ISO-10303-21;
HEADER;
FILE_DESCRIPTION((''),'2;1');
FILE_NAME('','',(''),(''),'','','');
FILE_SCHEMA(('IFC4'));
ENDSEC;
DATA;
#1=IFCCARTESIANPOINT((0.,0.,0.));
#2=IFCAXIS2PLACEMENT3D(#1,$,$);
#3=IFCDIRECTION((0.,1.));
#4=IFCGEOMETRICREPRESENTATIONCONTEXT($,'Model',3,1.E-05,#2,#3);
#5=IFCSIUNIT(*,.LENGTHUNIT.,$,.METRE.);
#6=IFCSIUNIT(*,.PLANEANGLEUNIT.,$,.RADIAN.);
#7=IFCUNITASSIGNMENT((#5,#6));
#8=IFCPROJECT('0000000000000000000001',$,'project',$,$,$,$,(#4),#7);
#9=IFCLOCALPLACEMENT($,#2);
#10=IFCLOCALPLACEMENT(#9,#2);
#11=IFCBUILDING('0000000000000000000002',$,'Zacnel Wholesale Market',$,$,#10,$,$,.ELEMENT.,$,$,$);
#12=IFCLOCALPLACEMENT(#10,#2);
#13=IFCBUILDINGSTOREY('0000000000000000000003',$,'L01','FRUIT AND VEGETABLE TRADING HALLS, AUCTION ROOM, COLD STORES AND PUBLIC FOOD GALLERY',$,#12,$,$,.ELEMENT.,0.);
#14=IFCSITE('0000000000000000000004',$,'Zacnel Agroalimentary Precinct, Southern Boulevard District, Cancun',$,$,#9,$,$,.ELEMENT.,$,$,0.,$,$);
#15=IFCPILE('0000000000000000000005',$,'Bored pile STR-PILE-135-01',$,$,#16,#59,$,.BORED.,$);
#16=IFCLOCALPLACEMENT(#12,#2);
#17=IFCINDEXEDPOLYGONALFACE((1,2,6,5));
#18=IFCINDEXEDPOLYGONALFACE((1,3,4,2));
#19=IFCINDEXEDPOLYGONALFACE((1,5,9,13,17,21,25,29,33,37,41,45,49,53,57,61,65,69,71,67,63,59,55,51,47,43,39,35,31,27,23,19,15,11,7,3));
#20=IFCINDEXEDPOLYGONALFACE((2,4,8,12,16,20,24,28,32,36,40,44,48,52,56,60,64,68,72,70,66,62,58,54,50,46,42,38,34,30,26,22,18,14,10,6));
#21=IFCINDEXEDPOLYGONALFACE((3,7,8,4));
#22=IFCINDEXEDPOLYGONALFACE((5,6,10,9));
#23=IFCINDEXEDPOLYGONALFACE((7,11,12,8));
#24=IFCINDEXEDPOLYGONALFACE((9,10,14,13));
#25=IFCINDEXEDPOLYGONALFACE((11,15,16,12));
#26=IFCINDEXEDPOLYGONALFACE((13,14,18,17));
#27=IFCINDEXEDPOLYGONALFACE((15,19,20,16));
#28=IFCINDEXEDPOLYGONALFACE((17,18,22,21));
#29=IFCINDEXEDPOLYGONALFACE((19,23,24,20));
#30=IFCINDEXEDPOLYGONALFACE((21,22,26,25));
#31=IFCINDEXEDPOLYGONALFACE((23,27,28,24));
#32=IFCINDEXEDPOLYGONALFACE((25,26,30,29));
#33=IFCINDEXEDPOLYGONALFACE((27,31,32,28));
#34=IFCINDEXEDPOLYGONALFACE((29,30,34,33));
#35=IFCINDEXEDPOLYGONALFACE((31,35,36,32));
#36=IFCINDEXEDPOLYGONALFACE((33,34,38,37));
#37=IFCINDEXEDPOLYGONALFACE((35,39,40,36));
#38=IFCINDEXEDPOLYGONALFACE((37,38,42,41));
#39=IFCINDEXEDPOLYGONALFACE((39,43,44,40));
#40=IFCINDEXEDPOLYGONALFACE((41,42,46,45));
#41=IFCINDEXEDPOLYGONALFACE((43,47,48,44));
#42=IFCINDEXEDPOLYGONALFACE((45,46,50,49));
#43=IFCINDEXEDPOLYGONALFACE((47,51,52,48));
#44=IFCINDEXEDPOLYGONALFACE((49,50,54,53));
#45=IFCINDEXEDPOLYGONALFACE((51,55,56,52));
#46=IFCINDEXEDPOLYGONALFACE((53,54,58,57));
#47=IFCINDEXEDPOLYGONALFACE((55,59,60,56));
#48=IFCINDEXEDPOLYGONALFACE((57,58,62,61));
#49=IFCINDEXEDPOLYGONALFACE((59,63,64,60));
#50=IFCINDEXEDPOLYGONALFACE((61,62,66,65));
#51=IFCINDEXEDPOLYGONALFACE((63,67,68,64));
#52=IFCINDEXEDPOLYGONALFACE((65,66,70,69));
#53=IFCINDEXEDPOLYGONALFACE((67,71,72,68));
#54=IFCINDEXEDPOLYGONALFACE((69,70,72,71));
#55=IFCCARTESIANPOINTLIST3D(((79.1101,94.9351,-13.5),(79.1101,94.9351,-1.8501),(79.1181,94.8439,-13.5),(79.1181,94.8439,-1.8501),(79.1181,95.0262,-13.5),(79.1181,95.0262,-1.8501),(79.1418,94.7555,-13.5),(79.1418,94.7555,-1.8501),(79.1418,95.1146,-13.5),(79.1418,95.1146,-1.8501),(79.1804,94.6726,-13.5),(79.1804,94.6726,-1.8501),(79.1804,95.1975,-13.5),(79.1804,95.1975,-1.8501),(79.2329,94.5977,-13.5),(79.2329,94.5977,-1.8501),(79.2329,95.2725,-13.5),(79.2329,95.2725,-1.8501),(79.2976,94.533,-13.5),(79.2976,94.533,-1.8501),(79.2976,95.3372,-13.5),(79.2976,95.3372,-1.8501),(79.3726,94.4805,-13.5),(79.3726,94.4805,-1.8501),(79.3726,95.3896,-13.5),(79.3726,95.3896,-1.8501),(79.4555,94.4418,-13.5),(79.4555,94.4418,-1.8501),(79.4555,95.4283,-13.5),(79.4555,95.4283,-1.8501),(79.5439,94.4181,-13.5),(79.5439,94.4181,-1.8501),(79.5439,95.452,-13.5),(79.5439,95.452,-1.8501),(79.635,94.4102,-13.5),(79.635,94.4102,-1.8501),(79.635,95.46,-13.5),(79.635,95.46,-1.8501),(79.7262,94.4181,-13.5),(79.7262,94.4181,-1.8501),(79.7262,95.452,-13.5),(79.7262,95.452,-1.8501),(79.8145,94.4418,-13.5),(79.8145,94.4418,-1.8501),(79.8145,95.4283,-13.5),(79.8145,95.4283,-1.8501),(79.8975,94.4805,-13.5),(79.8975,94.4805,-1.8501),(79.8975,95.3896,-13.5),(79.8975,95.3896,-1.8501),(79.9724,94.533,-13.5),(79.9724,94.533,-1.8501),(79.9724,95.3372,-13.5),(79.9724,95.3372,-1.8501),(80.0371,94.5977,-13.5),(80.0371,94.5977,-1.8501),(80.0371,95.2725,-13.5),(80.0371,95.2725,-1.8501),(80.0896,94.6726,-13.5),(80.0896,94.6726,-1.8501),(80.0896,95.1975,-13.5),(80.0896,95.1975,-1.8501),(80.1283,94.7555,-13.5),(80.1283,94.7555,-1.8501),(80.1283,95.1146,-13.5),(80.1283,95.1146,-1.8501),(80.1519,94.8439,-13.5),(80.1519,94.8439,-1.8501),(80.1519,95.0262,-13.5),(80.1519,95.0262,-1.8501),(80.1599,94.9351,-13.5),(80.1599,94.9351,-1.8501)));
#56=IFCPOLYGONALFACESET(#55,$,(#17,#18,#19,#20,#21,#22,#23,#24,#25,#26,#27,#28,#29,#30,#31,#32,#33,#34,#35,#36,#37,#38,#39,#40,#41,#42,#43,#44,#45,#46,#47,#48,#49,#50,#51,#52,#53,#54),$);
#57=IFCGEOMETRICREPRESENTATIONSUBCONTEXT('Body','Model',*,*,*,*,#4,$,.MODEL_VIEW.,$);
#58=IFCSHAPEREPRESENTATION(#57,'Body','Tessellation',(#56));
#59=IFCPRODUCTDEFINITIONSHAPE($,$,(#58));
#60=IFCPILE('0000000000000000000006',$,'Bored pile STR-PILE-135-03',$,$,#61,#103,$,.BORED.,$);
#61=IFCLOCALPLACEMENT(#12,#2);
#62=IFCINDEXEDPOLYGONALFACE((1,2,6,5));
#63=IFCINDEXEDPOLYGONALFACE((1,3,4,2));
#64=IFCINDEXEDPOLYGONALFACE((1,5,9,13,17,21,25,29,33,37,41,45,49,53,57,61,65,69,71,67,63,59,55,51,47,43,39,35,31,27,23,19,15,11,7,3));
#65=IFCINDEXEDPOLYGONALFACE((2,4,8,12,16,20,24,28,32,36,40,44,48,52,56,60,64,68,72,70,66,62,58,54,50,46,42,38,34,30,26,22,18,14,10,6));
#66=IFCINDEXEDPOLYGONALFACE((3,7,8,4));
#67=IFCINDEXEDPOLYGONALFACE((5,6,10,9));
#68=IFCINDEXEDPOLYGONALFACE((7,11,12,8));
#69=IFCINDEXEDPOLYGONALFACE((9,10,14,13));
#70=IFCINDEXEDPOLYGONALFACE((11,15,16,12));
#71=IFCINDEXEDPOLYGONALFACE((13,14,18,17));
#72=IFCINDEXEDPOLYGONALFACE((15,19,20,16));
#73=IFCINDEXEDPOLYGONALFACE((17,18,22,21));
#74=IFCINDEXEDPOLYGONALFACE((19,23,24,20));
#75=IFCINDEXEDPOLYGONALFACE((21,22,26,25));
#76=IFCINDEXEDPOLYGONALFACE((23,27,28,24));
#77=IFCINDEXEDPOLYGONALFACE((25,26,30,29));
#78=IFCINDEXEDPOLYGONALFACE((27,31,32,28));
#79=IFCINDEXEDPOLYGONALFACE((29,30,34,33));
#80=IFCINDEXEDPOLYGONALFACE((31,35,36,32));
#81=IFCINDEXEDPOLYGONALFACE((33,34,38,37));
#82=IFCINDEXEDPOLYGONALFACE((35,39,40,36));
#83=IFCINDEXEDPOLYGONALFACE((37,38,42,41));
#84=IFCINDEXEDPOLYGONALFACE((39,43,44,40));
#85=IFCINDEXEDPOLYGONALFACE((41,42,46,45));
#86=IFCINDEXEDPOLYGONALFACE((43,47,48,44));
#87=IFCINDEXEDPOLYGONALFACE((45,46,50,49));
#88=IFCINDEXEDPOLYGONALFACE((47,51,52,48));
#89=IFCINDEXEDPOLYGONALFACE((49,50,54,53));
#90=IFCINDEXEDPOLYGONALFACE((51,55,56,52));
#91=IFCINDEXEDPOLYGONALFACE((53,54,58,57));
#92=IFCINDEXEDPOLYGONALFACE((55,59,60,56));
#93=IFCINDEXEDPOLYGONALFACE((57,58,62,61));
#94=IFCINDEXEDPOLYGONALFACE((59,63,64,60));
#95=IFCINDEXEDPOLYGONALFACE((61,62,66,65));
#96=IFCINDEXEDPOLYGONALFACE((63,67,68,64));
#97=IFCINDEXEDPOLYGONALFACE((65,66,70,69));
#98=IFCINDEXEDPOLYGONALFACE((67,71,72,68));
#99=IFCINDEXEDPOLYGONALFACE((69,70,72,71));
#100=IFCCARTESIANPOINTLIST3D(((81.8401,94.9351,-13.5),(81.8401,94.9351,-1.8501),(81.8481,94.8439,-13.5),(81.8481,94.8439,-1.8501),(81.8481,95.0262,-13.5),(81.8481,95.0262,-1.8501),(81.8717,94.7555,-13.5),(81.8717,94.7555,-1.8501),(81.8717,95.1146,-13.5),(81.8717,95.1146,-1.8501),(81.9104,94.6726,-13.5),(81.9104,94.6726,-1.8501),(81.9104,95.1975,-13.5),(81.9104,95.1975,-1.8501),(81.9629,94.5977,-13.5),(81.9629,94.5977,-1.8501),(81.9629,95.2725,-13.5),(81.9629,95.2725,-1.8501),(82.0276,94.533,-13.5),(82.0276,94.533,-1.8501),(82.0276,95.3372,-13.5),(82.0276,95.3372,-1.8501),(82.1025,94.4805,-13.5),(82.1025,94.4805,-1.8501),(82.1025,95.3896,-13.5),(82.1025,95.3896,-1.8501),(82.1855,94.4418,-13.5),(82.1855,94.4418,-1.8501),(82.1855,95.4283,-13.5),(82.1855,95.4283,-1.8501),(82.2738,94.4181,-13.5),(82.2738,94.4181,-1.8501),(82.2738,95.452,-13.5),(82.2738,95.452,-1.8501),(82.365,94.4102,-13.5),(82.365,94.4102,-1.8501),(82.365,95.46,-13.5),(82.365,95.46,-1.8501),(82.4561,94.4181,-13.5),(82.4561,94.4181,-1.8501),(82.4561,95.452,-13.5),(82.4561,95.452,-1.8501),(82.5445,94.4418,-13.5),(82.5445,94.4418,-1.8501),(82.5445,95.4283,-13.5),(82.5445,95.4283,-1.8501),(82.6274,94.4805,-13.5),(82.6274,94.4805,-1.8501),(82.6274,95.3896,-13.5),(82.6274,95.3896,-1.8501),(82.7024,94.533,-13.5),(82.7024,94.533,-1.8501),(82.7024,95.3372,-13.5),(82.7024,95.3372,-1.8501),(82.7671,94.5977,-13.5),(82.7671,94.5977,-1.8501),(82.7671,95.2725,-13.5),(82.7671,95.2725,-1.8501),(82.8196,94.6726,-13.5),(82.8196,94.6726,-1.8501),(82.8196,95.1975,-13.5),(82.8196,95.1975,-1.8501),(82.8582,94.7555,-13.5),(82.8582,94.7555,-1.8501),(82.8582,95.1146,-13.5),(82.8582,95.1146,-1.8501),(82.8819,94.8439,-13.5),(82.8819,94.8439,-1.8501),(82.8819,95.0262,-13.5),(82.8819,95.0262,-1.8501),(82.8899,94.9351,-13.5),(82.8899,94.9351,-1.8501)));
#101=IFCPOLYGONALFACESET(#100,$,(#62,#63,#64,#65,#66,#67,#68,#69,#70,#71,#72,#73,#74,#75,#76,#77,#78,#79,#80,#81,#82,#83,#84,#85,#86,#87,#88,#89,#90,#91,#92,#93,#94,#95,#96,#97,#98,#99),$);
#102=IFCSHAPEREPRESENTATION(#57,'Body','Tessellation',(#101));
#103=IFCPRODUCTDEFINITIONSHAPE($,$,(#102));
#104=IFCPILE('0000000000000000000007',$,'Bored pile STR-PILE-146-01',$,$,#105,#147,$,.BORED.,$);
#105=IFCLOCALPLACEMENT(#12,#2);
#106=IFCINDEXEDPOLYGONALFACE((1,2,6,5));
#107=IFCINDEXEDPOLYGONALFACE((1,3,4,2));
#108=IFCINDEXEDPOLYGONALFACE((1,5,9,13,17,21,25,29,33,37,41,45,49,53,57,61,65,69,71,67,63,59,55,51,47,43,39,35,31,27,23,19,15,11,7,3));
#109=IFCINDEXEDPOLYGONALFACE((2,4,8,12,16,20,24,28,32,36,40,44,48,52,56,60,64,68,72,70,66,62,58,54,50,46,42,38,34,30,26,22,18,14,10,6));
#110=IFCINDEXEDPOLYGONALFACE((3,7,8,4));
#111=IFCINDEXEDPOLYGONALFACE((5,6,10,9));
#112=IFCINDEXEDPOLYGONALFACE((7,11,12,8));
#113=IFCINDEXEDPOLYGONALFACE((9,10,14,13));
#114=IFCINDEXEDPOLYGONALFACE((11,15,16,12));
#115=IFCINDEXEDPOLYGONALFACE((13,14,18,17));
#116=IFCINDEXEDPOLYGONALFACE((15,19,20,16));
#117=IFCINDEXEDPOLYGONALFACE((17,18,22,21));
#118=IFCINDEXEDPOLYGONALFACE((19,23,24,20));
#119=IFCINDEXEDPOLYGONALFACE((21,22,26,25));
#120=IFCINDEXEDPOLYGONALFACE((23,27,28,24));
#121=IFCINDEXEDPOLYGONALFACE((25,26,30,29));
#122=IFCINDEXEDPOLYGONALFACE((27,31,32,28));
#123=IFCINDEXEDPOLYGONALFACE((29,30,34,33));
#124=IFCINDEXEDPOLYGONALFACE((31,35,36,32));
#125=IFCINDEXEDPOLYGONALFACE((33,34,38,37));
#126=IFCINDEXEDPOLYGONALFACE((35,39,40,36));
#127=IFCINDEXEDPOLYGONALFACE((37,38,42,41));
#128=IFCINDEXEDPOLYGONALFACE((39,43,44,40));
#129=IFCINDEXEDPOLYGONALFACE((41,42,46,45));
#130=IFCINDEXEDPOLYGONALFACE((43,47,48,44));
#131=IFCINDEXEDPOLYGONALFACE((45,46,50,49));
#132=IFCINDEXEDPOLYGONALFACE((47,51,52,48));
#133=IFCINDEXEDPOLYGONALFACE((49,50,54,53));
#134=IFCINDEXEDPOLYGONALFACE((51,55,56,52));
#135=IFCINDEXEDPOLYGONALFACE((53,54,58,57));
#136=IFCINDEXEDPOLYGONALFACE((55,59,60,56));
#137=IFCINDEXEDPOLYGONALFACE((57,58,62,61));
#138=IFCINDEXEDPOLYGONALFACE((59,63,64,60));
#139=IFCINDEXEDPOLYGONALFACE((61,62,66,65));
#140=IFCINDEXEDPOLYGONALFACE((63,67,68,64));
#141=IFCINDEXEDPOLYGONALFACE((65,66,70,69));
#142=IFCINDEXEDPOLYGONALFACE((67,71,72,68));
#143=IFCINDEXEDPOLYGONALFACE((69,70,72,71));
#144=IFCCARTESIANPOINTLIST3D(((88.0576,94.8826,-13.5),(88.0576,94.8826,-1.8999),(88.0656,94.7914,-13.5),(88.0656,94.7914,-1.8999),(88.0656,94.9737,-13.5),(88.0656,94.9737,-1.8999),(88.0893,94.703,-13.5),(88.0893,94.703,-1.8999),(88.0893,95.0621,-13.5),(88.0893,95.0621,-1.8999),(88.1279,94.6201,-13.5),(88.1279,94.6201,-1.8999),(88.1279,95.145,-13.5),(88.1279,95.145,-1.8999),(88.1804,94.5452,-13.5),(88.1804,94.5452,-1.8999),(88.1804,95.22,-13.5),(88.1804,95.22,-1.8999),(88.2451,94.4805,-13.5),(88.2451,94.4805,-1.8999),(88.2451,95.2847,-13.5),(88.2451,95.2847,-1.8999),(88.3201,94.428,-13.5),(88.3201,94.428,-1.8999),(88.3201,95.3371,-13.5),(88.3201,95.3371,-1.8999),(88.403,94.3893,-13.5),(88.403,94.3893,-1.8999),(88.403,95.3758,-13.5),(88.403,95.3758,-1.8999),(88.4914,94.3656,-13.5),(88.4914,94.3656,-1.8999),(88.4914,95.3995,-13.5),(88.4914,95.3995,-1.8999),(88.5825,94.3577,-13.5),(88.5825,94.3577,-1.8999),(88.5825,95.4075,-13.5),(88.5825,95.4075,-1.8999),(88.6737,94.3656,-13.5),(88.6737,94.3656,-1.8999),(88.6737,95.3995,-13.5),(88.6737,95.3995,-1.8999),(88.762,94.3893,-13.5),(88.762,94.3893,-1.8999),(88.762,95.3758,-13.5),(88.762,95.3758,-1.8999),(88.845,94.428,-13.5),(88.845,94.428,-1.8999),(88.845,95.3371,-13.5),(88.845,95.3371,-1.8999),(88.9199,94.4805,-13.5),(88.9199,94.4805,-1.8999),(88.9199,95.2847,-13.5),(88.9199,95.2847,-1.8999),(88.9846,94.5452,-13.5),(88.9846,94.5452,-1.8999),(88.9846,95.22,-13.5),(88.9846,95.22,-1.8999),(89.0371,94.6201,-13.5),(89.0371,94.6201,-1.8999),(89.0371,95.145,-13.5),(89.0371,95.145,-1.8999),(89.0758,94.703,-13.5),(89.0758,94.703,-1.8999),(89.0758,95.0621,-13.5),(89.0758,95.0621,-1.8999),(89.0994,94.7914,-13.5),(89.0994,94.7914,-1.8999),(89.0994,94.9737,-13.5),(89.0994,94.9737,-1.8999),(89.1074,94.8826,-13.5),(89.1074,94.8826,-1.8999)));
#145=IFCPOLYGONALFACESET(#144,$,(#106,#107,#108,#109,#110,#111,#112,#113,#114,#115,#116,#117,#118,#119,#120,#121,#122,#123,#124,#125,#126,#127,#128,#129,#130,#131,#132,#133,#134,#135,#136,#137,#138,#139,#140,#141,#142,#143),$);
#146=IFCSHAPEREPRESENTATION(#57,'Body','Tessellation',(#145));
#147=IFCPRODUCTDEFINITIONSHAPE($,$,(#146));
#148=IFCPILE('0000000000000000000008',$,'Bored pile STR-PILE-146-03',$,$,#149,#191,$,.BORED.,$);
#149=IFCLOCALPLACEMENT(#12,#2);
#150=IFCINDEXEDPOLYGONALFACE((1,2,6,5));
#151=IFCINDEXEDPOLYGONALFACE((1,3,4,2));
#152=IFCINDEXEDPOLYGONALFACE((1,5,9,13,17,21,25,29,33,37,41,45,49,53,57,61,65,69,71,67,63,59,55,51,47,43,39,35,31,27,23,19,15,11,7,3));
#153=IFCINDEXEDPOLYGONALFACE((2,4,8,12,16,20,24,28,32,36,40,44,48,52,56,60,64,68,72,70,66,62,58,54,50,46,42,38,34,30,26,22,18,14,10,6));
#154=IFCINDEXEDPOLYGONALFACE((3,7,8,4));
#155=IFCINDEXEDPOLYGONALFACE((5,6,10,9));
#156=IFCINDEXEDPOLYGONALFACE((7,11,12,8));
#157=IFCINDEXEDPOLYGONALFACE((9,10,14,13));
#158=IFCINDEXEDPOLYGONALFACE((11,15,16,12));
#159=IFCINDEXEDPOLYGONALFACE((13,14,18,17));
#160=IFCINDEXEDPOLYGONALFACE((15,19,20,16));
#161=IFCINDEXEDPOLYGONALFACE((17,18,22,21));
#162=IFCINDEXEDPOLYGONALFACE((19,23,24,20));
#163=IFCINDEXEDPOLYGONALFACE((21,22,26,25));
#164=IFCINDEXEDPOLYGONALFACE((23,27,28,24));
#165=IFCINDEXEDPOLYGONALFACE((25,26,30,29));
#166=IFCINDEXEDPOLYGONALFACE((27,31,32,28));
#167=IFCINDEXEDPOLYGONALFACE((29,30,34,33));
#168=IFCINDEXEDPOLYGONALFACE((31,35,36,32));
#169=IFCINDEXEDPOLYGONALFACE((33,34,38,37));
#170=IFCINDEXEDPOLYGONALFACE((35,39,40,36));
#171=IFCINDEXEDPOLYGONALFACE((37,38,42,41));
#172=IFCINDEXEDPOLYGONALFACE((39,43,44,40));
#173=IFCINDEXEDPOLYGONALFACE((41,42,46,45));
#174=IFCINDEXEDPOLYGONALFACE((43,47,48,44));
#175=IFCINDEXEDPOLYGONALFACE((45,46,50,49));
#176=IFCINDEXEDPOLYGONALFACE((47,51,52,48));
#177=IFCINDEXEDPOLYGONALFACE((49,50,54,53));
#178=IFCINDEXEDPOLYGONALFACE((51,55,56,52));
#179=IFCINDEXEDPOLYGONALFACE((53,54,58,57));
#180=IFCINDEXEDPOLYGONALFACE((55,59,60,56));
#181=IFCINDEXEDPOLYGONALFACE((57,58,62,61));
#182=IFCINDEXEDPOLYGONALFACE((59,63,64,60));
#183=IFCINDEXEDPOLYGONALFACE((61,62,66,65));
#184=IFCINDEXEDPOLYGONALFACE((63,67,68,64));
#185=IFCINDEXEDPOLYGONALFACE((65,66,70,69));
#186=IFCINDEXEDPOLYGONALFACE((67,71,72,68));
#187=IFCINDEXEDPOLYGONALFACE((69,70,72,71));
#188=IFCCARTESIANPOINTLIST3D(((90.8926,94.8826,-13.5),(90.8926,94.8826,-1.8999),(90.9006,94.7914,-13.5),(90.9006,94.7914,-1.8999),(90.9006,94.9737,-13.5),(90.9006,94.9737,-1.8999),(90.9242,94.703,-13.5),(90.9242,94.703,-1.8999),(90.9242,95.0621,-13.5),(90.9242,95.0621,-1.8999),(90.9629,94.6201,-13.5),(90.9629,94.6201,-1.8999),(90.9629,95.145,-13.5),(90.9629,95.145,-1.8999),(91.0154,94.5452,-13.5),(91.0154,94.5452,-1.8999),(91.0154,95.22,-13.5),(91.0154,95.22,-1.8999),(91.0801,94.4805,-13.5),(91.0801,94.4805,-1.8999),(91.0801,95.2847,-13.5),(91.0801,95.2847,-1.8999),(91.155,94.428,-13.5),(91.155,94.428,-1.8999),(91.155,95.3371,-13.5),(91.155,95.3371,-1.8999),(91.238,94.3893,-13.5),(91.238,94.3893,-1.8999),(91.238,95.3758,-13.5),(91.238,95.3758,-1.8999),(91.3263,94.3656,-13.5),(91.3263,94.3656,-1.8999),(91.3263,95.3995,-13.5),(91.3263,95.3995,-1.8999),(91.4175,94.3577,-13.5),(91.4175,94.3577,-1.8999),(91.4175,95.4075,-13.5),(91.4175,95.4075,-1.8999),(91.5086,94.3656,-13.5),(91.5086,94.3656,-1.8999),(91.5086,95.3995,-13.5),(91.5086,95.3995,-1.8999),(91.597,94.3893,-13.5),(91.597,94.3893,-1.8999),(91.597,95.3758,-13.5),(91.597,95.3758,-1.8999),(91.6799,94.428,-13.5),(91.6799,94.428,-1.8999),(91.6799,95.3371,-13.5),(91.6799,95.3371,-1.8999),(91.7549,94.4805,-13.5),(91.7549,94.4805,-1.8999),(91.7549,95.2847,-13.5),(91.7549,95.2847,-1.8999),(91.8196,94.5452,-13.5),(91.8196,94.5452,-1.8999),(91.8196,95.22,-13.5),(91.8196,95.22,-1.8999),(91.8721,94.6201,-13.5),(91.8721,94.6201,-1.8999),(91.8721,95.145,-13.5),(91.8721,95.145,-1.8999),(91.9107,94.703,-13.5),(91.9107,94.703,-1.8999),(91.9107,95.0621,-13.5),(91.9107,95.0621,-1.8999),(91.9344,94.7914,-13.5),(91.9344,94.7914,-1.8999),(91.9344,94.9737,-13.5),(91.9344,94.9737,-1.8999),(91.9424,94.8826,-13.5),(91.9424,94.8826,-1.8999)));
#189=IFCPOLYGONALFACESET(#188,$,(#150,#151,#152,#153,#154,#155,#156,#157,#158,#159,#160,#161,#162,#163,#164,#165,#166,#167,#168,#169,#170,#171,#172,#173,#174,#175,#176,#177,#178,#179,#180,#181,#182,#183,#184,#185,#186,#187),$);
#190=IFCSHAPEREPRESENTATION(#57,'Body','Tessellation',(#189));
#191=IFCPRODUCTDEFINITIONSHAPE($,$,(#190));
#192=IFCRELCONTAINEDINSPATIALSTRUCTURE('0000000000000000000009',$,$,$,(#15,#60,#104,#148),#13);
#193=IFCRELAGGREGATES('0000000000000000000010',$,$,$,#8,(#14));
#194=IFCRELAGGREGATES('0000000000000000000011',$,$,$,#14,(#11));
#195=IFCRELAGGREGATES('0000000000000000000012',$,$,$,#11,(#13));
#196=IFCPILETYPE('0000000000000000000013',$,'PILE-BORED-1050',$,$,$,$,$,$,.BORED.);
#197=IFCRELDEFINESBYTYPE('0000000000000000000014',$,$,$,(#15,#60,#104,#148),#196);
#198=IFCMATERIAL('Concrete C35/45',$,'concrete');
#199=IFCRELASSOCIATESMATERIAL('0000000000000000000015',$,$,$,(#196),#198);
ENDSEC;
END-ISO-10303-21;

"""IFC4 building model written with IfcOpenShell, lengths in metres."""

from ifc_helpers import new_model, si_unit, direction, frame, origin, origin_2d, place, context, subcontext, project, spatial, circle, extrude, material, material_profile, profile_set, type_object, element, save


model = new_model("IFC4")

# Units and contexts
model_context = context("Model", 3, precision=1e-05, world=origin(), true_north=direction((0.0, 1.0)))
body_context = subcontext(model_context, "Body", "Model", "MODEL_VIEW")
ifc_project = project(units=[si_unit("LENGTHUNIT", "METRE"), si_unit("PLANEANGLEUNIT", "RADIAN")], contexts=[model_context])

# Site, building, storey
site_placement = place(None, origin())
site = spatial("IfcSite", under=ifc_project, at=site_placement, Name="Zacnel Agroalimentary Precinct, Southern Boulevard District, Cancun", CompositionType="ELEMENT", RefElevation=0.0)
building_placement = place(site_placement, origin())
building = spatial("IfcBuilding", under=site, at=building_placement, Name="Zacnel Wholesale Market", CompositionType="ELEMENT")
storey_placement = place(building_placement, origin())
storey = spatial("IfcBuildingStorey", under=building, at=storey_placement, Name="L01", Description="FRUIT AND VEGETABLE TRADING HALLS, AUCTION ROOM, COLD STORES AND PUBLIC FOOD GALLERY", CompositionType="ELEMENT", Elevation=0.0)

# Piles
ifc_material_1 = material(Name="Concrete C35/45", Category="concrete")
ifc_material_profile_1 = material_profile(ifc_material_1, circle(Radius=0.5249, at=origin_2d()), Name="BORED PILE D1050")
ifc_profile_set_1 = profile_set([ifc_material_profile_1], Name="Concrete C35/45")
pile_type_1 = type_object("IfcPileType", Name="PILE-BORED-1050", PredefinedType="BORED", material=ifc_profile_set_1)
for number, where, z_axis, x_axis, name in (
    (1, (79.635, 94.9351, -1.8501), (0.0, 0.0, -1.0), (1.0, 0.0, 0.0), "Bored pile STR-PILE-135-01"),
    (2, (82.365, 94.9351, -1.8501), (0.0, 0.0, -1.0), (1.0, 0.0, 0.0), "Bored pile STR-PILE-135-03"),
):
    element("IfcPile", number, at=place(storey_placement, frame(where, z_axis=z_axis, x_axis=x_axis)), inside=storey, type_object=pile_type_1, Name=name, PredefinedType="BORED", context=body_context, shape_type="SweptSolid", body=[
        extrude(circle(Radius=0.5249, at=origin_2d()), origin(), (0.0, 0.0, 1.0), 11.6499),
    ])
for number, where, z_axis, x_axis, name in (
    (3, (88.5825, 94.8826, -1.8999), (0.0, 0.0, -1.0), (1.0, 0.0, 0.0), "Bored pile STR-PILE-146-01"),
    (4, (91.4175, 94.8826, -1.8999), (0.0, 0.0, -1.0), (1.0, 0.0, 0.0), "Bored pile STR-PILE-146-03"),
):
    element("IfcPile", number, at=place(storey_placement, frame(where, z_axis=z_axis, x_axis=x_axis)), inside=storey, type_object=pile_type_1, Name=name, PredefinedType="BORED", context=body_context, shape_type="SweptSolid", body=[
        extrude(circle(Radius=0.5249, at=origin_2d()), origin(), (0.0, 0.0, 1.0), 11.6001),
    ])

save(model, "model.ifc")
